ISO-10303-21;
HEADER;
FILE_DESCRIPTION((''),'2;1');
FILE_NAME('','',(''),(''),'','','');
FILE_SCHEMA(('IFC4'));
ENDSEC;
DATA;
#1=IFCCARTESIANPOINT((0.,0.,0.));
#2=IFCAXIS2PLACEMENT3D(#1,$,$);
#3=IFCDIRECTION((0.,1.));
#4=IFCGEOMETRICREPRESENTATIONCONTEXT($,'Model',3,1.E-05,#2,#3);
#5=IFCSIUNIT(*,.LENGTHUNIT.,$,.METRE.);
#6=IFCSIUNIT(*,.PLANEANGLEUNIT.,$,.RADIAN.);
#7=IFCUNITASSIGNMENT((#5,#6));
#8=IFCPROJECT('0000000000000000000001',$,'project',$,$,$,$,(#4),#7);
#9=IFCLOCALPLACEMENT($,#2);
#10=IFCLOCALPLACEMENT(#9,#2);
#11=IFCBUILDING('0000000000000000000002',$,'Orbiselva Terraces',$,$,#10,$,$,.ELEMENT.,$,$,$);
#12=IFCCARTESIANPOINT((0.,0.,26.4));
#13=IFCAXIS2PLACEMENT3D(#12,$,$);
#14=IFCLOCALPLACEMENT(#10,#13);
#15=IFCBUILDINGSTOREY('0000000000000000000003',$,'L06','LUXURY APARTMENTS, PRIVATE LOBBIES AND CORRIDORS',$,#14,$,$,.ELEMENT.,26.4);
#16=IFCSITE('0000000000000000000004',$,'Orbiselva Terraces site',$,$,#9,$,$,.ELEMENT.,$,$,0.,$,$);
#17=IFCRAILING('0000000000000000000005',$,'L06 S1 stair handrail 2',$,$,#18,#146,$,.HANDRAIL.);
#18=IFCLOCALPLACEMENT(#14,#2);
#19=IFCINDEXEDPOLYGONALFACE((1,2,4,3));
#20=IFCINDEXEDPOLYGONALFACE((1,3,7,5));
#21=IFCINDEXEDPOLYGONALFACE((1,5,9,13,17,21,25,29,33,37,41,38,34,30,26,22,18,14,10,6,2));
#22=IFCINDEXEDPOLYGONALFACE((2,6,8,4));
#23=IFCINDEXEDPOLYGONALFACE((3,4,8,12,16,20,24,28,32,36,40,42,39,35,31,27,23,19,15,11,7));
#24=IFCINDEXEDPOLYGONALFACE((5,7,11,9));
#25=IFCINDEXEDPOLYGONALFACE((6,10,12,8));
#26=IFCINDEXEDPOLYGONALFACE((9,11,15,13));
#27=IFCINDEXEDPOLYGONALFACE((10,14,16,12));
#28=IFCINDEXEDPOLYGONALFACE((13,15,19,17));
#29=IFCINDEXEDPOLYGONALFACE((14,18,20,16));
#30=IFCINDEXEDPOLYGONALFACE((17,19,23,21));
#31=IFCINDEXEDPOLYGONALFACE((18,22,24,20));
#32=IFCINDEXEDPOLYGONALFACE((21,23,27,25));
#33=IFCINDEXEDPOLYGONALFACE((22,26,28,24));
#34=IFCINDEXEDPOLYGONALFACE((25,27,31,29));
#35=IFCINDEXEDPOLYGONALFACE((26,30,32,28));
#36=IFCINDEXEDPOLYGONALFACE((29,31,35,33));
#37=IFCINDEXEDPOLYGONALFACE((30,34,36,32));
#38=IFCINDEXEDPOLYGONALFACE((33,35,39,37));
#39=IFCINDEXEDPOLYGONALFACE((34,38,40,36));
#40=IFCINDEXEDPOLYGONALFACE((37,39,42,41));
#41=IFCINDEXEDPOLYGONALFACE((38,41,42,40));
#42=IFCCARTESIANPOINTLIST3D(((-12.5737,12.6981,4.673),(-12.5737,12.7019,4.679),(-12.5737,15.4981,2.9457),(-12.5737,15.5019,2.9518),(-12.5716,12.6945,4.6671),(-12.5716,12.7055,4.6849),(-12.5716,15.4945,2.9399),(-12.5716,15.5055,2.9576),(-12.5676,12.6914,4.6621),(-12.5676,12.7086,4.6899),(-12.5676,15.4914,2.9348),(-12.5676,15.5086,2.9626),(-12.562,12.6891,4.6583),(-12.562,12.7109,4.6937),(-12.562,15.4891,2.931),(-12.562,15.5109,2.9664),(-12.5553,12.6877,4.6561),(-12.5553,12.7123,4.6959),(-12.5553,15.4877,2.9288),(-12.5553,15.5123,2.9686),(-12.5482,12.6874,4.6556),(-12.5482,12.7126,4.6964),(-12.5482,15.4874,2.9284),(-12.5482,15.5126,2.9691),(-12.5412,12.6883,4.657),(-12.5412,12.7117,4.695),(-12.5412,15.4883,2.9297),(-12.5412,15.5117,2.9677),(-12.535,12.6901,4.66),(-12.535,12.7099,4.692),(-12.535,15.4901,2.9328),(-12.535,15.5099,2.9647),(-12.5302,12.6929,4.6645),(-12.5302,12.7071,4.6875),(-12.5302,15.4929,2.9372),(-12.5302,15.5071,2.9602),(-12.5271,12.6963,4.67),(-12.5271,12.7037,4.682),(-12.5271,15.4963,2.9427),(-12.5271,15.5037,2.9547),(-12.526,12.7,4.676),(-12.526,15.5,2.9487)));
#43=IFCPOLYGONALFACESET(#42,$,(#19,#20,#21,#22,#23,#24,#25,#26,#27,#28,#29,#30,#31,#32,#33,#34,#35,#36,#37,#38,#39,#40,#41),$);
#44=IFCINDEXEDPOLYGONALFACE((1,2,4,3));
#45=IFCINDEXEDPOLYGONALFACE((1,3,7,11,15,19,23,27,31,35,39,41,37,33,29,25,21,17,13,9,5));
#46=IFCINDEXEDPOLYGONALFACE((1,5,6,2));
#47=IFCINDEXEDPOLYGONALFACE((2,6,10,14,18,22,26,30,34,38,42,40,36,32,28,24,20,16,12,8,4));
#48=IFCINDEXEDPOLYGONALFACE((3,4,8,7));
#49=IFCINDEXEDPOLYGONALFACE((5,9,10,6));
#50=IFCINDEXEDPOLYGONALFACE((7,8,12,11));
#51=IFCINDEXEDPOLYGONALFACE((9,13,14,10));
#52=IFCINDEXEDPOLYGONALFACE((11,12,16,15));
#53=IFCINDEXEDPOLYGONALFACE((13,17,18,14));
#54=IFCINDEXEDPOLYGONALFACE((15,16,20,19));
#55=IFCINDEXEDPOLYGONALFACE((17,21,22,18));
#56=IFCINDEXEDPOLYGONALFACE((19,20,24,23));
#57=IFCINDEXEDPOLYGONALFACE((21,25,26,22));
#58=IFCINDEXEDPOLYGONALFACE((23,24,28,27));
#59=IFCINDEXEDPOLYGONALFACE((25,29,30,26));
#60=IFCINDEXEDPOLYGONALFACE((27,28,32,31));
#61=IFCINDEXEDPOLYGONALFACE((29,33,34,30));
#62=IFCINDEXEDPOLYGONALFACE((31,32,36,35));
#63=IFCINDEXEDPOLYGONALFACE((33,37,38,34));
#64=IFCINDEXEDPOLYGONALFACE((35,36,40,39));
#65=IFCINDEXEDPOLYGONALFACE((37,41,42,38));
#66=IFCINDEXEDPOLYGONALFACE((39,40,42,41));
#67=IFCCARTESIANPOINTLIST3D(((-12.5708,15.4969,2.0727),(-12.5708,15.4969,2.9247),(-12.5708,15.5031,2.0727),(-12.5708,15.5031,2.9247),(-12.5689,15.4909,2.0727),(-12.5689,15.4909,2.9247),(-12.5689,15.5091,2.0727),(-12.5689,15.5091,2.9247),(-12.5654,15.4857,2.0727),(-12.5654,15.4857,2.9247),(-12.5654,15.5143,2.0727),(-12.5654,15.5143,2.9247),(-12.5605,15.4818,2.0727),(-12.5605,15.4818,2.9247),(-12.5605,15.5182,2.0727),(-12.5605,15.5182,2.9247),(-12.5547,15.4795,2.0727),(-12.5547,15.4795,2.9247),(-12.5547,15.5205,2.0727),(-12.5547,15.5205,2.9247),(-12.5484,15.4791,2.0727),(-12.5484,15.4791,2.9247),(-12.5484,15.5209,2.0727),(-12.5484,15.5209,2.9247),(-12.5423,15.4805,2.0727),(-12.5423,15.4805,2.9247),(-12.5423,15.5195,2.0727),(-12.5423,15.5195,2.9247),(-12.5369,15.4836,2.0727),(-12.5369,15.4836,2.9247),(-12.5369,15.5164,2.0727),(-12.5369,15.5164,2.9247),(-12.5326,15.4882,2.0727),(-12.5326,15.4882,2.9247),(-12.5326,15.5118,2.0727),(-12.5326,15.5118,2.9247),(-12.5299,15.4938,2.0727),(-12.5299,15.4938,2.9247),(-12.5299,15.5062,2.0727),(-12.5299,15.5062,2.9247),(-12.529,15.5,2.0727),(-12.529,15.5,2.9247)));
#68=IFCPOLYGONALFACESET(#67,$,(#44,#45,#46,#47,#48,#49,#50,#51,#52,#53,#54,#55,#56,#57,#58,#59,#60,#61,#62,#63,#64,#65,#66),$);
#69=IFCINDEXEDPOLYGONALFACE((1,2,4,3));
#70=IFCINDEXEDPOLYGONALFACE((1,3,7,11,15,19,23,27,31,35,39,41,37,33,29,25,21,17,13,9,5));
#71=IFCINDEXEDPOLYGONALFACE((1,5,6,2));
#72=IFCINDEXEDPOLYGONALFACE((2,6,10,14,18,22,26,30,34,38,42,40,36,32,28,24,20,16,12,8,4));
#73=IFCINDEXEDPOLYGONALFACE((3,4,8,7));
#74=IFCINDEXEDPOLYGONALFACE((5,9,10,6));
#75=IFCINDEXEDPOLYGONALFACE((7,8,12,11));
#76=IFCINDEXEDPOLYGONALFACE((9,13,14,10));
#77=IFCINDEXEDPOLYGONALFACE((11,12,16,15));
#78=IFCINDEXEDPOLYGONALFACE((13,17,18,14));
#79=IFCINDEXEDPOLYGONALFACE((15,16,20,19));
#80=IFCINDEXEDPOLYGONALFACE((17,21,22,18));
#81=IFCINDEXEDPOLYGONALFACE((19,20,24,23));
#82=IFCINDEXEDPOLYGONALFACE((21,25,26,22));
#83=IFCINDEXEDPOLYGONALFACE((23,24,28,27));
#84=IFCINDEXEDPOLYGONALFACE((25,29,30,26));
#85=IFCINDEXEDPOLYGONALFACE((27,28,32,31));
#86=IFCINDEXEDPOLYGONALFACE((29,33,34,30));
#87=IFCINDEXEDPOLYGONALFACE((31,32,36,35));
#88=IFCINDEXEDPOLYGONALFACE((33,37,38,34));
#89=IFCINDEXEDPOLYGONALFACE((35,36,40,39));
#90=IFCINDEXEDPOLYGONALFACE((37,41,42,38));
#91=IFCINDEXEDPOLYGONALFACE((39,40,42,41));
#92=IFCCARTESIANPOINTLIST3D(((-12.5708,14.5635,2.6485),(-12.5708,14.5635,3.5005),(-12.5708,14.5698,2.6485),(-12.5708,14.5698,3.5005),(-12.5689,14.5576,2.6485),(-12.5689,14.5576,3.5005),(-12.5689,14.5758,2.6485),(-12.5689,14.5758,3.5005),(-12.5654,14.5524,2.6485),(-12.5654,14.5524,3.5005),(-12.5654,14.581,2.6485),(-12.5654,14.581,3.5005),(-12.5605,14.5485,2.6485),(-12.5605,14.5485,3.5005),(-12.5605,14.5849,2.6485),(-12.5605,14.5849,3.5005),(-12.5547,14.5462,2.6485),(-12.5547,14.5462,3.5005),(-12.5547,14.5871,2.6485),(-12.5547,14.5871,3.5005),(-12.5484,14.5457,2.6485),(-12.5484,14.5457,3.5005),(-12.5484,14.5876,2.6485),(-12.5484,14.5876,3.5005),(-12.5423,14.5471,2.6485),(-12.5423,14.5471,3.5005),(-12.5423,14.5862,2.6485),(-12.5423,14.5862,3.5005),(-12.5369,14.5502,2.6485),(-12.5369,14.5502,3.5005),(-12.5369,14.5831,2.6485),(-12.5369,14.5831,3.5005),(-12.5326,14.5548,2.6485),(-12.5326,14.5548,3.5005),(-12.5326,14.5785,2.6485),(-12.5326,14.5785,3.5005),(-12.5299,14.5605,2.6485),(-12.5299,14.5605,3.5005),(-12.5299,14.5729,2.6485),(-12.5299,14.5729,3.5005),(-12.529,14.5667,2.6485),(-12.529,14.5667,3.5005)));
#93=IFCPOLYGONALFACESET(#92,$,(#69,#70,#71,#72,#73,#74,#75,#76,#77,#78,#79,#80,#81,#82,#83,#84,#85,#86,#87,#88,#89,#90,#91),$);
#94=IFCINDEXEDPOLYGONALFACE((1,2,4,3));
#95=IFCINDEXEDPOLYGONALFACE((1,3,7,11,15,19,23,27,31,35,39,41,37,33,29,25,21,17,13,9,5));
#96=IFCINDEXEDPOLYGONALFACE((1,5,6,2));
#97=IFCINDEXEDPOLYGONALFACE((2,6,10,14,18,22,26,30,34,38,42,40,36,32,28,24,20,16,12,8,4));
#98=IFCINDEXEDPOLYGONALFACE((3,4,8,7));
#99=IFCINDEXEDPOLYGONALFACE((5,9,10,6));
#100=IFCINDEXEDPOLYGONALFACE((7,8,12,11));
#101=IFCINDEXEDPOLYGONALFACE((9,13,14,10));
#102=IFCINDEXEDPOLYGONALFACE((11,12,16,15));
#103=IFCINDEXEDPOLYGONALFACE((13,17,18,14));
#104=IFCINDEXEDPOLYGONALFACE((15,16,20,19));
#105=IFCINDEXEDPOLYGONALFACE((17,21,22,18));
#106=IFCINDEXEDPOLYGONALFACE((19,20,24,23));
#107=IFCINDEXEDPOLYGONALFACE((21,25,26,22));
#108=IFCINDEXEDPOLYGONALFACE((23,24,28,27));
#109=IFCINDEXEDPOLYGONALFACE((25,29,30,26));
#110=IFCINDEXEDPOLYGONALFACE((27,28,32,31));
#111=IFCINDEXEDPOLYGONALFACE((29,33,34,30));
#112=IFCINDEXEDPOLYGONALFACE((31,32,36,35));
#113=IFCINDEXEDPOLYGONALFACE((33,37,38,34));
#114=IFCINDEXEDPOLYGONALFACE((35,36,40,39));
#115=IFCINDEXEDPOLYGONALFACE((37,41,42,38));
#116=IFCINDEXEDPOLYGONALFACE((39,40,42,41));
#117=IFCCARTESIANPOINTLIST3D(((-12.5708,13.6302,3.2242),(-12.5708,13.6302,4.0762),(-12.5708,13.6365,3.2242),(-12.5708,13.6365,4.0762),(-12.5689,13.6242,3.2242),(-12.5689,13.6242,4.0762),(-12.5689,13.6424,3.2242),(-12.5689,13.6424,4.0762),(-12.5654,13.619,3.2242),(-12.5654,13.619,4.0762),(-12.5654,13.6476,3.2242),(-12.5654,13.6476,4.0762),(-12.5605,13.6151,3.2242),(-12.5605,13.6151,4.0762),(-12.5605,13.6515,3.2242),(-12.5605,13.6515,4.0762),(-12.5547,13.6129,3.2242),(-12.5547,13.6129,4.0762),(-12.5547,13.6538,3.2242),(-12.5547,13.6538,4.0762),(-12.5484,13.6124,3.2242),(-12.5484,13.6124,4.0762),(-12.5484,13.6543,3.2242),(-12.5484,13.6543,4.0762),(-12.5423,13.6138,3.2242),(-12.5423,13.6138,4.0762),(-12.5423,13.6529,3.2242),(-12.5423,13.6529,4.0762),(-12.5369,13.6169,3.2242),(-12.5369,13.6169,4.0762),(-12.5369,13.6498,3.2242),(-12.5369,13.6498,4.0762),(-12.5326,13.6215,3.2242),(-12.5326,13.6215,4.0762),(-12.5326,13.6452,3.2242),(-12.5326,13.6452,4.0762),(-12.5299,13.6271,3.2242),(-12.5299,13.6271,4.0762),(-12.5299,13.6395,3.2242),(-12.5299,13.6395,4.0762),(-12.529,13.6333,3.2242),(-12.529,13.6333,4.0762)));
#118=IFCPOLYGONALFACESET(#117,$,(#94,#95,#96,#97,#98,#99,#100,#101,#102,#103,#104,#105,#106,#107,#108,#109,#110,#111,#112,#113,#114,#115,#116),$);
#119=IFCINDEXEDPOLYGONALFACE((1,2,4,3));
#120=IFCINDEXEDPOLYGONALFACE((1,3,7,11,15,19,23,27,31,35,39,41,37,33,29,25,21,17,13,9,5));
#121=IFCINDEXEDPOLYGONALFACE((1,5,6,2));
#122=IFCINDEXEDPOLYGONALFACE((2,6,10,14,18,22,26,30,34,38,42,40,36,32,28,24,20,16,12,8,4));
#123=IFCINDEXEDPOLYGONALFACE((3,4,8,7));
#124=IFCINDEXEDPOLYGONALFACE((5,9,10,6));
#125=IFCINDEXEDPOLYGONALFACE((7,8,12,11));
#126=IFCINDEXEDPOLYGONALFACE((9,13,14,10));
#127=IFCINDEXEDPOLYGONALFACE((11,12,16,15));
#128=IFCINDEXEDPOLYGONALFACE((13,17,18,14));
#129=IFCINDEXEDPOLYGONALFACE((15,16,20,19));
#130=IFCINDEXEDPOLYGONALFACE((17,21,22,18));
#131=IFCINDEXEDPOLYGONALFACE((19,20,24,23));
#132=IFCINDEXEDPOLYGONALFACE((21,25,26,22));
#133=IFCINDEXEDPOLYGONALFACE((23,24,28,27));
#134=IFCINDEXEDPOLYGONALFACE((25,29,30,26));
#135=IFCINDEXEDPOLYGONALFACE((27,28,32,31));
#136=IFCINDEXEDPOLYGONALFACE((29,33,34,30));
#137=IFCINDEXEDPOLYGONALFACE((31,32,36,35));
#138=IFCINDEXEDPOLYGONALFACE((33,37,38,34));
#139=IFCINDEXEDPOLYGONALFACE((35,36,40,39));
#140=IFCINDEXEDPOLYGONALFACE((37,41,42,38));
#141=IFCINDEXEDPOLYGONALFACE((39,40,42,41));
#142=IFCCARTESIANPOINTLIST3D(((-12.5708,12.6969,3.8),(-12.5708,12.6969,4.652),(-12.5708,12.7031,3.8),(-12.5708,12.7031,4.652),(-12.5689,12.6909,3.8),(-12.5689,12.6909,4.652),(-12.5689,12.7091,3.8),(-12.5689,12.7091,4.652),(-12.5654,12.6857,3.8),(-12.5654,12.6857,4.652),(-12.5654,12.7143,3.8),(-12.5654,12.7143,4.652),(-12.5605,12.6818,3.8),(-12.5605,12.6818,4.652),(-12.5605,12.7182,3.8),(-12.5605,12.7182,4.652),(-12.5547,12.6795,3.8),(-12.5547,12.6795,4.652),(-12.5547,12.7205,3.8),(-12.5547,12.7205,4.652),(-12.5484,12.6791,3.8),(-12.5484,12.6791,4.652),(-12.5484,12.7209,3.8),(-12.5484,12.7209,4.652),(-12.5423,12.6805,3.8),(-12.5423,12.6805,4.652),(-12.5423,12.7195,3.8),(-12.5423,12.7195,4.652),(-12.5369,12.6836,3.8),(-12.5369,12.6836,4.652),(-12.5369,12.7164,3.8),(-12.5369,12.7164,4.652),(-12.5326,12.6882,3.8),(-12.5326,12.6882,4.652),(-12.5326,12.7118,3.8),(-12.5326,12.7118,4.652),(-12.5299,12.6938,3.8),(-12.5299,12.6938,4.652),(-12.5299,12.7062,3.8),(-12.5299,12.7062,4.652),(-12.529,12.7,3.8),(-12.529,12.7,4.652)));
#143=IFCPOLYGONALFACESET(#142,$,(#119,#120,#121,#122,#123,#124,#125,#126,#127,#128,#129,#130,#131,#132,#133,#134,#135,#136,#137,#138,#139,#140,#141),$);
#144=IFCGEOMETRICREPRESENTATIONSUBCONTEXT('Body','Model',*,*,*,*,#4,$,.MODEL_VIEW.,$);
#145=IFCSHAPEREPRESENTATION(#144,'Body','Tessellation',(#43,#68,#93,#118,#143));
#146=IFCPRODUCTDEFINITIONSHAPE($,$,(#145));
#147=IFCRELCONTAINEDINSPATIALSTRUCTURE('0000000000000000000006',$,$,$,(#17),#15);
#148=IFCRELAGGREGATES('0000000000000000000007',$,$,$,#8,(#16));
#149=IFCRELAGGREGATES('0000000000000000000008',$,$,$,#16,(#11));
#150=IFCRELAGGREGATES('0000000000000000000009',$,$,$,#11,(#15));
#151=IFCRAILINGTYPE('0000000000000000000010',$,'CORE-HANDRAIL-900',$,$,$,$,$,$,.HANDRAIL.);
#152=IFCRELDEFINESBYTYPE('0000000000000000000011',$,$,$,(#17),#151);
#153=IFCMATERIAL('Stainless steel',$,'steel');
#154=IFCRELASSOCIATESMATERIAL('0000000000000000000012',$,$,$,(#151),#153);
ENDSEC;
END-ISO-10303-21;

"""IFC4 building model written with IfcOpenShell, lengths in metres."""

from ifc_helpers import new_model, si_unit, direction, frame, origin, origin_2d, place, context, subcontext, project, spatial, circle, extrude, material, type_object, element, save


model = new_model("IFC4")

# Units and contexts
model_context = context("Model", 3, precision=1e-05, world=origin(), true_north=direction((0.0, 1.0)))
body_context = subcontext(model_context, "Body", "Model", "MODEL_VIEW")
ifc_project = project(units=[si_unit("LENGTHUNIT", "METRE"), si_unit("PLANEANGLEUNIT", "RADIAN")], contexts=[model_context])

# Site, building, storey
site_placement = place(None, origin())
site = spatial("IfcSite", under=ifc_project, at=site_placement, Name="Orbiselva Terraces site", CompositionType="ELEMENT", RefElevation=0.0)
building_placement = place(site_placement, origin())
building = spatial("IfcBuilding", under=site, at=building_placement, Name="Orbiselva Terraces", CompositionType="ELEMENT")
storey_placement = place(building_placement, frame((0.0, 0.0, 26.4)))
storey = spatial("IfcBuildingStorey", under=building, at=storey_placement, Name="L06", Description="LUXURY APARTMENTS, PRIVATE LOBBIES AND CORRIDORS", CompositionType="ELEMENT", Elevation=26.4)

# Railing
ifc_material_1 = material(Name="Stainless steel", Category="steel")
railing_type = type_object("IfcRailingType", Name="CORE-HANDRAIL-900", PredefinedType="HANDRAIL", material=ifc_material_1)
railing_1_placement = place(storey_placement, frame((-12.55, 15.5, 2.0727)))
element("IfcRailing", 1, at=railing_1_placement, inside=storey, type_object=railing_type, Name="L06 S1 stair handrail 2", PredefinedType="HANDRAIL", context=body_context, shape_type="SweptSolid", body=[
    extrude(circle(Radius=0.024, at=origin_2d()), frame((0.0, 0.0, 0.876), z_axis=(0.0, -0.851089, 0.525022), x_axis=(1.0, 0.0, 0.0)), (0.0, 0.0, 1.0), 3.2899),
    extrude(circle(Radius=0.021, at=origin_2d()), origin(), (0.0, 0.0, 1.0), 0.852),
    extrude(circle(Radius=0.021, at=origin_2d()), frame((0.0, -0.9333, 0.5758)), (0.0, 0.0, 1.0), 0.852),
    extrude(circle(Radius=0.021, at=origin_2d()), frame((0.0, -1.8667, 1.1515)), (0.0, 0.0, 1.0), 0.852),
    extrude(circle(Radius=0.021, at=origin_2d()), frame((0.0, -2.8, 1.7273)), (0.0, 0.0, 1.0), 0.852),
])

save(model, "model.ifc")
